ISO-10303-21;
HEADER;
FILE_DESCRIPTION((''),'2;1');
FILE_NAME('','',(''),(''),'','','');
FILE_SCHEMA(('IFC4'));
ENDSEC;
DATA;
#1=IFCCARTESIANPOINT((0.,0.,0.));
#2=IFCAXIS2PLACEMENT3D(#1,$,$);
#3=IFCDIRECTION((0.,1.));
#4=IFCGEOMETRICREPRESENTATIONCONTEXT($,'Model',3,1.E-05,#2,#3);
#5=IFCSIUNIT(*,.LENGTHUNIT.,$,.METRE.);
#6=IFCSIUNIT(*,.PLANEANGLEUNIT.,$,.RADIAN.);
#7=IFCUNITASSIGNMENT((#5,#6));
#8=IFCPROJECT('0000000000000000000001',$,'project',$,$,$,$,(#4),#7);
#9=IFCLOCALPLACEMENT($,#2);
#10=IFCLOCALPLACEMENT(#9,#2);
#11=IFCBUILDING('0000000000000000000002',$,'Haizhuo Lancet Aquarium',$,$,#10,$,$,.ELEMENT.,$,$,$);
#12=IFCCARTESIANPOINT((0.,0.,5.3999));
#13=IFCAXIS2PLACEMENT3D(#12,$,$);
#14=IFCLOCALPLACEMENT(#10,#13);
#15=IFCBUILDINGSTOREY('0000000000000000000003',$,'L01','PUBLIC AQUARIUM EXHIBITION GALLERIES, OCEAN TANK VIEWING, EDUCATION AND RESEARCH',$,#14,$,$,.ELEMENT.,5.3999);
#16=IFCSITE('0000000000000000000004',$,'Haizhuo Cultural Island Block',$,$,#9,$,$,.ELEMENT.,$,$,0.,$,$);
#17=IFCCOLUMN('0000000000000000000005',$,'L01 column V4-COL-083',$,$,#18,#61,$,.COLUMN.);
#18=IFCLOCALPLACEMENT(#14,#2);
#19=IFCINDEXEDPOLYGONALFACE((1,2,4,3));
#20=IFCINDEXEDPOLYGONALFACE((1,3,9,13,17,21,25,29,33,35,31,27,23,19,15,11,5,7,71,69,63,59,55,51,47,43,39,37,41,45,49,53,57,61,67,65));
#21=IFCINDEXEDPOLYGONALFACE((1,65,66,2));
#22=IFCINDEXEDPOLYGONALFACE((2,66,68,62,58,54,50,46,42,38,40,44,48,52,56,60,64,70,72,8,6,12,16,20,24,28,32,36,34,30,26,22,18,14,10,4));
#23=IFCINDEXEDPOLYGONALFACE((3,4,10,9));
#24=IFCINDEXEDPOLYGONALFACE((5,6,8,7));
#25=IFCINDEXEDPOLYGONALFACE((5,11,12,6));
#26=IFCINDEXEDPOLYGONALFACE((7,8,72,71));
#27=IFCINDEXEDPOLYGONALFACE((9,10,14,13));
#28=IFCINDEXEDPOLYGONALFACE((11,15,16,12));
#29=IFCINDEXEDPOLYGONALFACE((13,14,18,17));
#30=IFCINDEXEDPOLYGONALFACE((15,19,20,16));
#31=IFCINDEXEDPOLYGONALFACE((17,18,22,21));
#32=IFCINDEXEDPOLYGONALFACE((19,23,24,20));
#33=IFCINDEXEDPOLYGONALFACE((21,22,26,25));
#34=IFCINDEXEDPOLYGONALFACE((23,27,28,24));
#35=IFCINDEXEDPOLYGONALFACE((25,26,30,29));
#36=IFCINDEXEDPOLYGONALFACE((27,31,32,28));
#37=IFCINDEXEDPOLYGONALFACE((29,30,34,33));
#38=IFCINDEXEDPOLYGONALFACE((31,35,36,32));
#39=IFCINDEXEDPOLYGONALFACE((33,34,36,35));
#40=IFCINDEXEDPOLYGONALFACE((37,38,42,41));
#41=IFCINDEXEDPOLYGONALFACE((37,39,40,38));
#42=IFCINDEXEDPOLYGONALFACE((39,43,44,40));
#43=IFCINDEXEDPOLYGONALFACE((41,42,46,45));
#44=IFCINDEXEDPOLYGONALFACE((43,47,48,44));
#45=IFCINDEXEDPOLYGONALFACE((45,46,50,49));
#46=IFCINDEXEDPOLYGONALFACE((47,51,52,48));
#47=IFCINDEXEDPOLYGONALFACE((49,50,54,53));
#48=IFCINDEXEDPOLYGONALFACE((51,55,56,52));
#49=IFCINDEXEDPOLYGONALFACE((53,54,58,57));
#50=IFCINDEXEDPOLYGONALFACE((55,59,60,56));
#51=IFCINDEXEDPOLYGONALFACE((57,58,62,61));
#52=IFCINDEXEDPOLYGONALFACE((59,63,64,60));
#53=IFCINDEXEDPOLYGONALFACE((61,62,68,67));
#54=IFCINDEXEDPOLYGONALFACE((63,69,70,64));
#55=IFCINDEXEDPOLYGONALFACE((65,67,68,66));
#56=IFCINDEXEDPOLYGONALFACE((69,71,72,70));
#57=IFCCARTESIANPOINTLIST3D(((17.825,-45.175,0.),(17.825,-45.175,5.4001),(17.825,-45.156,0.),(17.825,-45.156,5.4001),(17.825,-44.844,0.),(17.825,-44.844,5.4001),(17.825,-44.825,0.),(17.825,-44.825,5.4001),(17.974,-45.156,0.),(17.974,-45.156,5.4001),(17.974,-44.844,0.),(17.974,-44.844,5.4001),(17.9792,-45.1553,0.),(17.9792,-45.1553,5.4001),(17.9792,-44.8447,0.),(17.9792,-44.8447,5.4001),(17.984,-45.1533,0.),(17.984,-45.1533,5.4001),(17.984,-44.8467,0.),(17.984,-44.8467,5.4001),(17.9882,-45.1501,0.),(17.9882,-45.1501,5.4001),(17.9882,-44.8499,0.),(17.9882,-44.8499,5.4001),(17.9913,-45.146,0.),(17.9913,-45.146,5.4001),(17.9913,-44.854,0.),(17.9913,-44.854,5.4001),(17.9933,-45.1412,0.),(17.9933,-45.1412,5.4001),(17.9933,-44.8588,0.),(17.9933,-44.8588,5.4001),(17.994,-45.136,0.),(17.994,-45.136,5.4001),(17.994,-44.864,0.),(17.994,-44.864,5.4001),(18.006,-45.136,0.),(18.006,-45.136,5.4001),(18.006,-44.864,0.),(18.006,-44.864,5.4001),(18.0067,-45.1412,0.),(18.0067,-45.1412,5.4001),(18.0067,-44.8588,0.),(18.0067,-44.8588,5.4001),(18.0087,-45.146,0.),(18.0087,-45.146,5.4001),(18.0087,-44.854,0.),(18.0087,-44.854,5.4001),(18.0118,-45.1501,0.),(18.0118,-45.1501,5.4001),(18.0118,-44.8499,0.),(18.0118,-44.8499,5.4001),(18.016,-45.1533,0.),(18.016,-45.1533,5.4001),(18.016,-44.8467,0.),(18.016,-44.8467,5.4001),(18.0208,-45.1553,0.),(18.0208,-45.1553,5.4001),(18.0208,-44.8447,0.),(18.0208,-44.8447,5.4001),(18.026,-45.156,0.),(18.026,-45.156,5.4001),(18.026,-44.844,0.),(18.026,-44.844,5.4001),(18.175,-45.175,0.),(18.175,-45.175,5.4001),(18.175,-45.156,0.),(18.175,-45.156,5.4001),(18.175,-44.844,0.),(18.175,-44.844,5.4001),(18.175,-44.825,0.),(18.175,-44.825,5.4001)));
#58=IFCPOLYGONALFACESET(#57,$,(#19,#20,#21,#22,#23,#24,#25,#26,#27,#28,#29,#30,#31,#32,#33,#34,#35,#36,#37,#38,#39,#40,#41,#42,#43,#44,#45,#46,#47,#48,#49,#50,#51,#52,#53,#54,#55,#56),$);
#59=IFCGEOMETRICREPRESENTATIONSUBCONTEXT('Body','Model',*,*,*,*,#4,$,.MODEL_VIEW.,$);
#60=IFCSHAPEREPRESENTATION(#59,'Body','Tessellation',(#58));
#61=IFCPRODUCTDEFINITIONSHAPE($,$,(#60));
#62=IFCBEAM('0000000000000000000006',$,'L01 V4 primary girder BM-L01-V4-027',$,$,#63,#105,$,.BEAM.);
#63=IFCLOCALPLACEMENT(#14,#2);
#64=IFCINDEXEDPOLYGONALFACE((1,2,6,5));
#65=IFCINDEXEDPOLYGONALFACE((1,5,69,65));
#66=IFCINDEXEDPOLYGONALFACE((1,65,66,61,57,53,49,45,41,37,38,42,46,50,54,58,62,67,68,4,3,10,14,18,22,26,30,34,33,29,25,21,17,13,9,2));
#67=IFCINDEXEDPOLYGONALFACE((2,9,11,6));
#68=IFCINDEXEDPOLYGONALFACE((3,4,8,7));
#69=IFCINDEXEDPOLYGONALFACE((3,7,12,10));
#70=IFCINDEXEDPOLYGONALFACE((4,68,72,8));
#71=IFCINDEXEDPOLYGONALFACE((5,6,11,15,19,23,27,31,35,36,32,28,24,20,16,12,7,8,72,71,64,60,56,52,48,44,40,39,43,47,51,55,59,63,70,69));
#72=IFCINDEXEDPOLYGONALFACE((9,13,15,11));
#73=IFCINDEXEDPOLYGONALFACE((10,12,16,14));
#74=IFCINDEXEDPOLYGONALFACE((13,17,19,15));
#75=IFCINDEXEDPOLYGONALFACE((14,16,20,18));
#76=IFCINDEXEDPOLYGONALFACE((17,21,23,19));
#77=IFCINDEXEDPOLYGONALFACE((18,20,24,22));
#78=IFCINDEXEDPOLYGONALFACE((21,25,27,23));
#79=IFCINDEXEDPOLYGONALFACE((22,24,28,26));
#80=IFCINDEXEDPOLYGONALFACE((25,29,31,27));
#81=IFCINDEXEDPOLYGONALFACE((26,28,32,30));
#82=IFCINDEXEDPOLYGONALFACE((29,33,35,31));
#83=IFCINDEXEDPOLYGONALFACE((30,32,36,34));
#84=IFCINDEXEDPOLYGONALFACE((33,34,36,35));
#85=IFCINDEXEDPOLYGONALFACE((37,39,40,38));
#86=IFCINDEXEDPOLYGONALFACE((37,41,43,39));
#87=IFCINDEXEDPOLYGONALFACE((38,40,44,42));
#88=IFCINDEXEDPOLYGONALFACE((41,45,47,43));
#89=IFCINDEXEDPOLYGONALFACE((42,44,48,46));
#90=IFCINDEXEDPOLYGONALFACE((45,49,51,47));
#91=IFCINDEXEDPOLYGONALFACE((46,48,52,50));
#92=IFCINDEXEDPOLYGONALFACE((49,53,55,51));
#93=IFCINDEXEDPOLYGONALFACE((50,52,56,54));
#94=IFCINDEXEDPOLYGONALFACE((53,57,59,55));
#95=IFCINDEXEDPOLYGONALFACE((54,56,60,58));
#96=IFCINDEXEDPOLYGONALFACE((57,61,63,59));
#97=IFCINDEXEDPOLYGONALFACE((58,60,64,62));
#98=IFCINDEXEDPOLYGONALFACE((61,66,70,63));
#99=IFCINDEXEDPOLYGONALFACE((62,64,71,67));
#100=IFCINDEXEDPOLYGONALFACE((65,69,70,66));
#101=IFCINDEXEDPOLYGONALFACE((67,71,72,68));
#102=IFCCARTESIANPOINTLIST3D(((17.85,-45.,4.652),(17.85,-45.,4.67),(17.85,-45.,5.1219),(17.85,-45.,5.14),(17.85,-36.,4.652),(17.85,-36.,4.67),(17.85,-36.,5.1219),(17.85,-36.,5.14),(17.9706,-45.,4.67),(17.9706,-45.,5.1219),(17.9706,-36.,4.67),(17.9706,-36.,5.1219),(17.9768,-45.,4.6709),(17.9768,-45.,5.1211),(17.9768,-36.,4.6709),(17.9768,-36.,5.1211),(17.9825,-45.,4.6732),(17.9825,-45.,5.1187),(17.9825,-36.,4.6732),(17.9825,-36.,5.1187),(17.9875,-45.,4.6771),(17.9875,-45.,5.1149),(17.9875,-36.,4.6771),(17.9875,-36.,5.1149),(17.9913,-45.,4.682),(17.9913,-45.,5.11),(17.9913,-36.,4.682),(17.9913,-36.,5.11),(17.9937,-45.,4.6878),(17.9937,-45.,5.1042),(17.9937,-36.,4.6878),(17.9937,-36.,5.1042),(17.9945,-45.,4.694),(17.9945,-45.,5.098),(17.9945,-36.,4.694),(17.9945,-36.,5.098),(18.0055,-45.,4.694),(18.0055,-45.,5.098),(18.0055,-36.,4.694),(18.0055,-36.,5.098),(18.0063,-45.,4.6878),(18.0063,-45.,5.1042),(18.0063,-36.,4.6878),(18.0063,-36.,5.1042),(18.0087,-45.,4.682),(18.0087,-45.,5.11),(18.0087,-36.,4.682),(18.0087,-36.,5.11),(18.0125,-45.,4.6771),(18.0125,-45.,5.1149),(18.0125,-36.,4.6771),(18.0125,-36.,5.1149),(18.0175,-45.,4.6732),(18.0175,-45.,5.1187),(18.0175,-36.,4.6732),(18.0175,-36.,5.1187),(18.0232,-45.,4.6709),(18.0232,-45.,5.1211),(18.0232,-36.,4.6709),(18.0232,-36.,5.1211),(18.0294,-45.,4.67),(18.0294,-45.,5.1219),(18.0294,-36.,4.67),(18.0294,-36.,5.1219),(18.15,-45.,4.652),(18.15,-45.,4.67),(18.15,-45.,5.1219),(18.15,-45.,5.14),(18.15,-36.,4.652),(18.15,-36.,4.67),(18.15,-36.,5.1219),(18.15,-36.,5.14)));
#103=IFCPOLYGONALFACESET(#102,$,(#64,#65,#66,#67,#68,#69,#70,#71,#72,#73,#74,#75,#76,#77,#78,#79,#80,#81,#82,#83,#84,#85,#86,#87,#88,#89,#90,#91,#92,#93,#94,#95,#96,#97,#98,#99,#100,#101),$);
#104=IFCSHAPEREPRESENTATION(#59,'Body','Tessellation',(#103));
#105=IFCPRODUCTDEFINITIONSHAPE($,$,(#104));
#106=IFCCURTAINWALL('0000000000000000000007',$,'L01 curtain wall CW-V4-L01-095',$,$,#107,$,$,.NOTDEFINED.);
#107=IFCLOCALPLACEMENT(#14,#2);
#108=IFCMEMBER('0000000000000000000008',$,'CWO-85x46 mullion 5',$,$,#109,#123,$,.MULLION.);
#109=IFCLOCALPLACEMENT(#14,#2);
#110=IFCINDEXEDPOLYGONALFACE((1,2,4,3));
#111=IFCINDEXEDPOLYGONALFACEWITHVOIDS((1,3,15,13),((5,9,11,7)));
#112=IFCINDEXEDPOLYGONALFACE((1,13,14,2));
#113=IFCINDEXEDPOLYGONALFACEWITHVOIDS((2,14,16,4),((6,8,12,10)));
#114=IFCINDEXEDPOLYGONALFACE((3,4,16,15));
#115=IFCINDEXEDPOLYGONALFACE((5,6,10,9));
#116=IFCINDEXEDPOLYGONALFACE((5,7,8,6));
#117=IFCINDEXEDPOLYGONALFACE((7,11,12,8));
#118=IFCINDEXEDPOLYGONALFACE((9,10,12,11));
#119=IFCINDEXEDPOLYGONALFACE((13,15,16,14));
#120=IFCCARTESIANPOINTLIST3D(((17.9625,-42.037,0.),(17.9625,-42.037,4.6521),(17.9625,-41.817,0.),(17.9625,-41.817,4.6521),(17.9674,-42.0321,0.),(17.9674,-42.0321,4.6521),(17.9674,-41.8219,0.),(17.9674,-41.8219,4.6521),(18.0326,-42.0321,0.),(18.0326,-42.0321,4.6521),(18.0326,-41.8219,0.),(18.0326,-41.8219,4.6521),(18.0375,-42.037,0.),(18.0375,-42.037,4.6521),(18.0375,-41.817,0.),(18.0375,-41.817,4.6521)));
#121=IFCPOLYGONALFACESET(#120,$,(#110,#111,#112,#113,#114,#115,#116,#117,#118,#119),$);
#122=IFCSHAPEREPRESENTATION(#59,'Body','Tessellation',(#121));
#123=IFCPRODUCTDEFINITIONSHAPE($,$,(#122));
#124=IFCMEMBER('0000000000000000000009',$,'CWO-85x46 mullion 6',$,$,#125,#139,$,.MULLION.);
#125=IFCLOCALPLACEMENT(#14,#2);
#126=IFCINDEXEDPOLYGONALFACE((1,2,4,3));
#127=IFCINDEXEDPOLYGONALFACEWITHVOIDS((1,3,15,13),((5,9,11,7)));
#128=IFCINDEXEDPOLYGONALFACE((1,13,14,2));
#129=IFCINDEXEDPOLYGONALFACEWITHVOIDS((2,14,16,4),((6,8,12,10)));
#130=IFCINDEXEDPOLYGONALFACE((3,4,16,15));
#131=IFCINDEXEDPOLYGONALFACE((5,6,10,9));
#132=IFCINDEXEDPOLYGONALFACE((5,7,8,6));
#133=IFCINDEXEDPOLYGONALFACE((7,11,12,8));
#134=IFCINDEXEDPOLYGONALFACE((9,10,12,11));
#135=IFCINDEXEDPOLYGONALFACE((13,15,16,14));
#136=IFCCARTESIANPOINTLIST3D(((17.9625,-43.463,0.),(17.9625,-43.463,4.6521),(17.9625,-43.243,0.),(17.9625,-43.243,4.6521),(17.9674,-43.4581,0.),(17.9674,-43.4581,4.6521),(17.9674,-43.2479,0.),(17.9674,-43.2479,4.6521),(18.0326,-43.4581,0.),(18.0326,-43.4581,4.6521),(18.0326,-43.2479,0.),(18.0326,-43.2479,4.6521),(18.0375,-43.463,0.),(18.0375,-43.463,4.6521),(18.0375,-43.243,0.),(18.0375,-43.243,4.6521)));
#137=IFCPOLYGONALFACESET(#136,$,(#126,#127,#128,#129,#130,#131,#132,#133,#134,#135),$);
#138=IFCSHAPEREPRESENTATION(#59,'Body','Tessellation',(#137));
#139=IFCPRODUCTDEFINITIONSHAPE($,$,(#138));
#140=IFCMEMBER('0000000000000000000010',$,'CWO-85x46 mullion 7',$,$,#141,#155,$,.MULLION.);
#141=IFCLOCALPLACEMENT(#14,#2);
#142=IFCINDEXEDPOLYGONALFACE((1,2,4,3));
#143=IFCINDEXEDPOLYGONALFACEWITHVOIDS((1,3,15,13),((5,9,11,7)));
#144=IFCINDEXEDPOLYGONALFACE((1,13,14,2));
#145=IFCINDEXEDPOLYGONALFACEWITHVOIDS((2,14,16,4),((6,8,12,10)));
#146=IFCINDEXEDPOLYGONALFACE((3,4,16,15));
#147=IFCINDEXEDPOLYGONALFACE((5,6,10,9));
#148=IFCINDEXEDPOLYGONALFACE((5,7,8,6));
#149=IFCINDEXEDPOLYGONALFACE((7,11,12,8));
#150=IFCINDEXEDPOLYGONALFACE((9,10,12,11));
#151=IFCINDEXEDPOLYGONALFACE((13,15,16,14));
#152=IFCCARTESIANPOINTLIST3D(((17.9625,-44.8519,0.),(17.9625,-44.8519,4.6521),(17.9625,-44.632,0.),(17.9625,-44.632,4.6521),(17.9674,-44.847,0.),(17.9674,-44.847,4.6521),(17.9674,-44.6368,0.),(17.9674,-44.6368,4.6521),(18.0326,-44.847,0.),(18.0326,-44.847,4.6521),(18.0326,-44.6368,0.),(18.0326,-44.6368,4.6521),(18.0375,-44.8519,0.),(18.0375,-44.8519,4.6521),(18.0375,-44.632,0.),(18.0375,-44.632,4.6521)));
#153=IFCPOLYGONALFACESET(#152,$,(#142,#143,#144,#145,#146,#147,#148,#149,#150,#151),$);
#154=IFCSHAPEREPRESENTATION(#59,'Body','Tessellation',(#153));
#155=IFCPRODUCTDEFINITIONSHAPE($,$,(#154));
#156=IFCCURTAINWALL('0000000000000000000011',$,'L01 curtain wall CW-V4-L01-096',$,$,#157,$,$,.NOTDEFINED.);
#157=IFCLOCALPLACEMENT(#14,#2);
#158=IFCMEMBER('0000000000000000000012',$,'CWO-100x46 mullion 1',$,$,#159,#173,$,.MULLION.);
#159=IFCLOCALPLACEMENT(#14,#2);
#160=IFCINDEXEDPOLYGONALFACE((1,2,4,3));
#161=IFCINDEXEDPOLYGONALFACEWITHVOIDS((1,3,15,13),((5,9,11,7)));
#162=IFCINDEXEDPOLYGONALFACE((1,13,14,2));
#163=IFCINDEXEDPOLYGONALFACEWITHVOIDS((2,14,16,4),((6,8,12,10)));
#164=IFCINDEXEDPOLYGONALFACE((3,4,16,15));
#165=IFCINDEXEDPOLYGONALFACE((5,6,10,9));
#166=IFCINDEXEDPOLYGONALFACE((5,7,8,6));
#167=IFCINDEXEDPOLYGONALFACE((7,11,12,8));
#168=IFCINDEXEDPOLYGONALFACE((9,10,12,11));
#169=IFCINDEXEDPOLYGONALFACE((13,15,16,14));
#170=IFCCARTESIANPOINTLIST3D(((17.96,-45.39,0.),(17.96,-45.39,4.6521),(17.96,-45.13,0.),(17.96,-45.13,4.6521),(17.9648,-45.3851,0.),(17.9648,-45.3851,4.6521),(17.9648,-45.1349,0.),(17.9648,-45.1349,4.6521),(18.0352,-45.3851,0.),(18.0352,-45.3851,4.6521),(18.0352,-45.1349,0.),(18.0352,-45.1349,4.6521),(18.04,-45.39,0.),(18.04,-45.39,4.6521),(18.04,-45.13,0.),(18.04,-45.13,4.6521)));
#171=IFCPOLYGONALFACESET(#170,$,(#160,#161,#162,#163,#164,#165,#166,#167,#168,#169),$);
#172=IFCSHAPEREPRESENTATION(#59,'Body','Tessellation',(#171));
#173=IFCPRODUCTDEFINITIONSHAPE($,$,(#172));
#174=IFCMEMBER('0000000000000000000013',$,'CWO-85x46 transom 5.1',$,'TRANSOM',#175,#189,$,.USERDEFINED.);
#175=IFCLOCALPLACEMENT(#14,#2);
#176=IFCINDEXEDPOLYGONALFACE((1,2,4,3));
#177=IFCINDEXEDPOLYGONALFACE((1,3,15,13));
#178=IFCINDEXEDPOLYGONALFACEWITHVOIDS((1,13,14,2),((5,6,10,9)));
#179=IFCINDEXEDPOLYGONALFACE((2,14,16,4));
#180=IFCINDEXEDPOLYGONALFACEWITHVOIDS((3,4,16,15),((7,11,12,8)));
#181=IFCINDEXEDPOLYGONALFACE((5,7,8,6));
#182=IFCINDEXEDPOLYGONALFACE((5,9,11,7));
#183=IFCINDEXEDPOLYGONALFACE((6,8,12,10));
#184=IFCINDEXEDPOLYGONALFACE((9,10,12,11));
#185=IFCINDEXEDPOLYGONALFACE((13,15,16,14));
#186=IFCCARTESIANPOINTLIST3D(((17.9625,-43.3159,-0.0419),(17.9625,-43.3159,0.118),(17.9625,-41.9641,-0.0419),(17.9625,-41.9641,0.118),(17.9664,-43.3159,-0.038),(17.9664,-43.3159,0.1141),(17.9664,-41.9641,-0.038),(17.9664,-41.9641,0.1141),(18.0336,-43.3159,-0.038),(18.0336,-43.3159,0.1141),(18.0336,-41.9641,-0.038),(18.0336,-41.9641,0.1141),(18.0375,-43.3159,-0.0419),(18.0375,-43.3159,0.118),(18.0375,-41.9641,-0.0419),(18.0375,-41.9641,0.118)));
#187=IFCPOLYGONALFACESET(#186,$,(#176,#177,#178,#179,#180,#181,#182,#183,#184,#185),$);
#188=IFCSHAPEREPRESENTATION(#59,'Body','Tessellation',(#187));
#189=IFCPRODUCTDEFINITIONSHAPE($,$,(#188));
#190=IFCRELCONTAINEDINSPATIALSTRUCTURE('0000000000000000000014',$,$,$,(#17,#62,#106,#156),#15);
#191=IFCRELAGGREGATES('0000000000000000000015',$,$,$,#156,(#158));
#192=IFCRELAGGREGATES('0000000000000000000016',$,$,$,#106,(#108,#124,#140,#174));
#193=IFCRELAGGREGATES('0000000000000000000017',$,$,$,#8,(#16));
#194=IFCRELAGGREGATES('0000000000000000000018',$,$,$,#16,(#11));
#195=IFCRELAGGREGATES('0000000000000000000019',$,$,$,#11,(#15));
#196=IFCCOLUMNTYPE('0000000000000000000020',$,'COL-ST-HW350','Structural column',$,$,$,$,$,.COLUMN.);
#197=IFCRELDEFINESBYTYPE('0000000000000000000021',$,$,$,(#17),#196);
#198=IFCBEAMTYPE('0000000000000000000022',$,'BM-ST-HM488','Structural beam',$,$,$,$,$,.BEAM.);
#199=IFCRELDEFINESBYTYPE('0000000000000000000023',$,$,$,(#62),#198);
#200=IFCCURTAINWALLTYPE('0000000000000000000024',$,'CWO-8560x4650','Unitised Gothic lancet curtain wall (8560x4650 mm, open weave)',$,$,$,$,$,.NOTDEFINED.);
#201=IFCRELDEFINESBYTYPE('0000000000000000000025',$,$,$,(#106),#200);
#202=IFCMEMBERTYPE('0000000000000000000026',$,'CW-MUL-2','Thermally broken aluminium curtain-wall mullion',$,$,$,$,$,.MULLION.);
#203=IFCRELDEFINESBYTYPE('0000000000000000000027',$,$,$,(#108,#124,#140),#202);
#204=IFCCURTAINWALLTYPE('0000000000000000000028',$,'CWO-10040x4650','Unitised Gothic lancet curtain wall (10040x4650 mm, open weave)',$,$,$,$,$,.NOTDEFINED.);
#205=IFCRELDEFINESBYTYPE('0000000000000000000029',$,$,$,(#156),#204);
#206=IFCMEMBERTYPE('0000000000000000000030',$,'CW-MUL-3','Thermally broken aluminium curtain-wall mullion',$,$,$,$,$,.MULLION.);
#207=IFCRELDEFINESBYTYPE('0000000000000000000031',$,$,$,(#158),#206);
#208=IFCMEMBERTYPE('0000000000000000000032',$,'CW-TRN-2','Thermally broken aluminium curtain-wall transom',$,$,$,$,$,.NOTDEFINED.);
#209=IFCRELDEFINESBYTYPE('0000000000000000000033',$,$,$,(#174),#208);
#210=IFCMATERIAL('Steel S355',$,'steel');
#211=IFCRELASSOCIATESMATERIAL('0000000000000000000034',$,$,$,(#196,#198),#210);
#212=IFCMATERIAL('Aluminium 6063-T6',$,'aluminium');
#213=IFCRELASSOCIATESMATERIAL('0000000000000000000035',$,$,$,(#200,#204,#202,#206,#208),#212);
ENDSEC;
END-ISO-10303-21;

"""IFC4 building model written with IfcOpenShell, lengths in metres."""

from ifc_helpers import new_model, si_unit, direction, frame, origin, origin_2d, place, context, subcontext, project, spatial, hollow_rectangle, i_section, extrude, material, material_profile, profile_set, type_object, element, aggregate, save


model = new_model("IFC4")

# Units and contexts
model_context = context("Model", 3, precision=1e-05, world=origin(), true_north=direction((0.0, 1.0)))
body_context = subcontext(model_context, "Body", "Model", "MODEL_VIEW")
ifc_project = project(units=[si_unit("LENGTHUNIT", "METRE"), si_unit("PLANEANGLEUNIT", "RADIAN")], contexts=[model_context])

# Site, building, storey
site_placement = place(None, origin())
site = spatial("IfcSite", under=ifc_project, at=site_placement, Name="Haizhuo Cultural Island Block", CompositionType="ELEMENT", RefElevation=0.0)
building_placement = place(site_placement, origin())
building = spatial("IfcBuilding", under=site, at=building_placement, Name="Haizhuo Lancet Aquarium", CompositionType="ELEMENT")
storey_placement = place(building_placement, frame((0.0, 0.0, 5.3999)))
storey = spatial("IfcBuildingStorey", under=building, at=storey_placement, Name="L01", Description="PUBLIC AQUARIUM EXHIBITION GALLERIES, OCEAN TANK VIEWING, EDUCATION AND RESEARCH", CompositionType="ELEMENT", Elevation=5.3999)

# Column
ifc_material_1 = material(Name="Steel S355", Category="steel")
ifc_material_profile_1 = material_profile(ifc_material_1, i_section(OverallWidth=0.3501, OverallDepth=0.3501, WebThickness=0.012, FlangeThickness=0.019, FilletRadius=0.02, at=origin_2d()), Name="HW 350x350x12x19")
ifc_profile_set_1 = profile_set([ifc_material_profile_1], Name="Steel S355")
column_type = type_object("IfcColumnType", Name="COL-ST-HW350", Description="Structural column", PredefinedType="COLUMN", material=ifc_profile_set_1)
column_placement = place(storey_placement, frame((18.0, -45.0, 0.0), z_axis=(0.0, 0.0, 1.0), x_axis=(1.0, 0.0, 0.0)))
element("IfcColumn", 1, at=column_placement, inside=storey, type_object=column_type, Name="L01 column V4-COL-083", PredefinedType="COLUMN", context=body_context, shape_type="SweptSolid", body=[
    extrude(i_section(OverallWidth=0.3501, OverallDepth=0.3501, WebThickness=0.012, FlangeThickness=0.019, FilletRadius=0.02, at=origin_2d()), origin(), (0.0, 0.0, 1.0), 5.4001),
])

# Beam
ifc_material_profile_2 = material_profile(ifc_material_1, i_section(OverallWidth=0.3, OverallDepth=0.488, WebThickness=0.011, FlangeThickness=0.0181, FilletRadius=0.0239, at=origin_2d()), Name="HM 488x300x11x18")
ifc_profile_set_2 = profile_set([ifc_material_profile_2], Name="Steel S355")
beam_type = type_object("IfcBeamType", Name="BM-ST-HM488", Description="Structural beam", PredefinedType="BEAM", material=ifc_profile_set_2)
beam_placement = place(storey_placement, frame((18.0, -45.0, 4.896), z_axis=(0.0, 1.0, 0.0), x_axis=(-1.0, 0.0, 0.0)))
element("IfcBeam", 2, at=beam_placement, inside=storey, type_object=beam_type, Name="L01 V4 primary girder BM-L01-V4-027", PredefinedType="BEAM", context=body_context, shape_type="SweptSolid", body=[
    extrude(i_section(OverallWidth=0.3, OverallDepth=0.488, WebThickness=0.011, FlangeThickness=0.0181, FilletRadius=0.0239, at=origin_2d()), origin(), (0.0, 0.0, 1.0), 9.0),
])

# Curtain wall, members
ifc_material_2 = material(Name="Aluminium 6063-T6", Category="aluminium")
curtain_wall_type_1 = type_object("IfcCurtainWallType", Name="CWO-8560x4650", Description="Unitised Gothic lancet curtain wall (8560x4650 mm, open weave)", PredefinedType="NOTDEFINED", material=ifc_material_2)
curtain_wall_1_placement = place(storey_placement, origin())
curtain_wall_1 = element("IfcCurtainWall", 3, at=curtain_wall_1_placement, inside=storey, type_object=curtain_wall_type_1, Name="L01 curtain wall CW-V4-L01-095", PredefinedType="NOTDEFINED")
ifc_material_profile_3 = material_profile(ifc_material_2, hollow_rectangle(XDim=0.075, YDim=0.22, WallThickness=0.0049, at=origin_2d()), Name="ALU-M 75x220x5")
ifc_profile_set_3 = profile_set([ifc_material_profile_3], Name="Aluminium 6063-T6")
member_type_1 = type_object("IfcMemberType", Name="CW-MUL-2", Description="Thermally broken aluminium curtain-wall mullion", PredefinedType="MULLION", material=ifc_profile_set_3)
member_1_placement = place(storey_placement, frame((18.0, -41.927, 0.0), z_axis=(0.0, 0.0, 1.0), x_axis=(1.0, 0.0, 0.0)))
member_1 = element("IfcMember", 4, at=member_1_placement, type_object=member_type_1, Name="CWO-85x46 mullion 5", PredefinedType="MULLION", context=body_context, shape_type="SweptSolid", body=[
    extrude(hollow_rectangle(XDim=0.075, YDim=0.22, WallThickness=0.0049, at=origin_2d()), origin(), (0.0, 0.0, 1.0), 4.6521),
])
member_2_placement = place(storey_placement, frame((18.0, -43.353, 0.0), z_axis=(0.0, 0.0, 1.0), x_axis=(1.0, 0.0, 0.0)))
member_2 = element("IfcMember", 5, at=member_2_placement, type_object=member_type_1, Name="CWO-85x46 mullion 6", PredefinedType="MULLION", context=body_context, shape_type="SweptSolid", body=[
    extrude(hollow_rectangle(XDim=0.075, YDim=0.22, WallThickness=0.0049, at=origin_2d()), origin(), (0.0, 0.0, 1.0), 4.6521),
])
member_3_placement = place(storey_placement, frame((18.0, -44.7419, 0.0), z_axis=(0.0, 0.0, 1.0), x_axis=(1.0, 0.0, 0.0)))
member_3 = element("IfcMember", 6, at=member_3_placement, type_object=member_type_1, Name="CWO-85x46 mullion 7", PredefinedType="MULLION", context=body_context, shape_type="SweptSolid", body=[
    extrude(hollow_rectangle(XDim=0.075, YDim=0.22, WallThickness=0.0049, at=origin_2d()), origin(), (0.0, 0.0, 1.0), 4.6521),
])

# Curtain wall, member
curtain_wall_type_2 = type_object("IfcCurtainWallType", Name="CWO-10040x4650", Description="Unitised Gothic lancet curtain wall (10040x4650 mm, open weave)", PredefinedType="NOTDEFINED", material=ifc_material_2)
curtain_wall_2_placement = place(storey_placement, origin())
curtain_wall_2 = element("IfcCurtainWall", 7, at=curtain_wall_2_placement, inside=storey, type_object=curtain_wall_type_2, Name="L01 curtain wall CW-V4-L01-096", PredefinedType="NOTDEFINED")
ifc_material_profile_4 = material_profile(ifc_material_2, hollow_rectangle(XDim=0.0801, YDim=0.26, WallThickness=0.0049, at=origin_2d()), Name="ALU-M 80x260x5")
ifc_profile_set_4 = profile_set([ifc_material_profile_4], Name="Aluminium 6063-T6")
member_type_2 = type_object("IfcMemberType", Name="CW-MUL-3", Description="Thermally broken aluminium curtain-wall mullion", PredefinedType="MULLION", material=ifc_profile_set_4)
member_4_placement = place(storey_placement, frame((18.0, -45.26, 0.0), z_axis=(0.0, 0.0, 1.0), x_axis=(1.0, 0.0, 0.0)))
member_4 = element("IfcMember", 8, at=member_4_placement, type_object=member_type_2, Name="CWO-100x46 mullion 1", PredefinedType="MULLION", context=body_context, shape_type="SweptSolid", body=[
    extrude(hollow_rectangle(XDim=0.0801, YDim=0.26, WallThickness=0.0049, at=origin_2d()), origin(), (0.0, 0.0, 1.0), 4.6521),
])
aggregate(curtain_wall_2, [member_4])

# Member
ifc_material_profile_5 = material_profile(ifc_material_2, hollow_rectangle(XDim=0.075, YDim=0.1599, WallThickness=0.0039, at=origin_2d()), Name="ALU-T 75x160x4")
ifc_profile_set_5 = profile_set([ifc_material_profile_5], Name="Aluminium 6063-T6")
member_type_3 = type_object("IfcMemberType", Name="CW-TRN-2", Description="Thermally broken aluminium curtain-wall transom", PredefinedType="NOTDEFINED", material=ifc_profile_set_5)
member_5_placement = place(storey_placement, frame((18.0, -41.9641, 0.0381), z_axis=(0.0, -1.0, 0.0), x_axis=(1.0, 0.0, 0.0)))
member_5 = element("IfcMember", 9, at=member_5_placement, type_object=member_type_3, Name="CWO-85x46 transom 5.1", ObjectType="TRANSOM", PredefinedType="USERDEFINED", context=body_context, shape_type="SweptSolid", body=[
    extrude(hollow_rectangle(XDim=0.075, YDim=0.1599, WallThickness=0.0039, at=origin_2d()), origin(), (0.0, 0.0, 1.0), 1.3518),
])

aggregate(curtain_wall_1, [member_1, member_2, member_3, member_5])

save(model, "model.ifc")
